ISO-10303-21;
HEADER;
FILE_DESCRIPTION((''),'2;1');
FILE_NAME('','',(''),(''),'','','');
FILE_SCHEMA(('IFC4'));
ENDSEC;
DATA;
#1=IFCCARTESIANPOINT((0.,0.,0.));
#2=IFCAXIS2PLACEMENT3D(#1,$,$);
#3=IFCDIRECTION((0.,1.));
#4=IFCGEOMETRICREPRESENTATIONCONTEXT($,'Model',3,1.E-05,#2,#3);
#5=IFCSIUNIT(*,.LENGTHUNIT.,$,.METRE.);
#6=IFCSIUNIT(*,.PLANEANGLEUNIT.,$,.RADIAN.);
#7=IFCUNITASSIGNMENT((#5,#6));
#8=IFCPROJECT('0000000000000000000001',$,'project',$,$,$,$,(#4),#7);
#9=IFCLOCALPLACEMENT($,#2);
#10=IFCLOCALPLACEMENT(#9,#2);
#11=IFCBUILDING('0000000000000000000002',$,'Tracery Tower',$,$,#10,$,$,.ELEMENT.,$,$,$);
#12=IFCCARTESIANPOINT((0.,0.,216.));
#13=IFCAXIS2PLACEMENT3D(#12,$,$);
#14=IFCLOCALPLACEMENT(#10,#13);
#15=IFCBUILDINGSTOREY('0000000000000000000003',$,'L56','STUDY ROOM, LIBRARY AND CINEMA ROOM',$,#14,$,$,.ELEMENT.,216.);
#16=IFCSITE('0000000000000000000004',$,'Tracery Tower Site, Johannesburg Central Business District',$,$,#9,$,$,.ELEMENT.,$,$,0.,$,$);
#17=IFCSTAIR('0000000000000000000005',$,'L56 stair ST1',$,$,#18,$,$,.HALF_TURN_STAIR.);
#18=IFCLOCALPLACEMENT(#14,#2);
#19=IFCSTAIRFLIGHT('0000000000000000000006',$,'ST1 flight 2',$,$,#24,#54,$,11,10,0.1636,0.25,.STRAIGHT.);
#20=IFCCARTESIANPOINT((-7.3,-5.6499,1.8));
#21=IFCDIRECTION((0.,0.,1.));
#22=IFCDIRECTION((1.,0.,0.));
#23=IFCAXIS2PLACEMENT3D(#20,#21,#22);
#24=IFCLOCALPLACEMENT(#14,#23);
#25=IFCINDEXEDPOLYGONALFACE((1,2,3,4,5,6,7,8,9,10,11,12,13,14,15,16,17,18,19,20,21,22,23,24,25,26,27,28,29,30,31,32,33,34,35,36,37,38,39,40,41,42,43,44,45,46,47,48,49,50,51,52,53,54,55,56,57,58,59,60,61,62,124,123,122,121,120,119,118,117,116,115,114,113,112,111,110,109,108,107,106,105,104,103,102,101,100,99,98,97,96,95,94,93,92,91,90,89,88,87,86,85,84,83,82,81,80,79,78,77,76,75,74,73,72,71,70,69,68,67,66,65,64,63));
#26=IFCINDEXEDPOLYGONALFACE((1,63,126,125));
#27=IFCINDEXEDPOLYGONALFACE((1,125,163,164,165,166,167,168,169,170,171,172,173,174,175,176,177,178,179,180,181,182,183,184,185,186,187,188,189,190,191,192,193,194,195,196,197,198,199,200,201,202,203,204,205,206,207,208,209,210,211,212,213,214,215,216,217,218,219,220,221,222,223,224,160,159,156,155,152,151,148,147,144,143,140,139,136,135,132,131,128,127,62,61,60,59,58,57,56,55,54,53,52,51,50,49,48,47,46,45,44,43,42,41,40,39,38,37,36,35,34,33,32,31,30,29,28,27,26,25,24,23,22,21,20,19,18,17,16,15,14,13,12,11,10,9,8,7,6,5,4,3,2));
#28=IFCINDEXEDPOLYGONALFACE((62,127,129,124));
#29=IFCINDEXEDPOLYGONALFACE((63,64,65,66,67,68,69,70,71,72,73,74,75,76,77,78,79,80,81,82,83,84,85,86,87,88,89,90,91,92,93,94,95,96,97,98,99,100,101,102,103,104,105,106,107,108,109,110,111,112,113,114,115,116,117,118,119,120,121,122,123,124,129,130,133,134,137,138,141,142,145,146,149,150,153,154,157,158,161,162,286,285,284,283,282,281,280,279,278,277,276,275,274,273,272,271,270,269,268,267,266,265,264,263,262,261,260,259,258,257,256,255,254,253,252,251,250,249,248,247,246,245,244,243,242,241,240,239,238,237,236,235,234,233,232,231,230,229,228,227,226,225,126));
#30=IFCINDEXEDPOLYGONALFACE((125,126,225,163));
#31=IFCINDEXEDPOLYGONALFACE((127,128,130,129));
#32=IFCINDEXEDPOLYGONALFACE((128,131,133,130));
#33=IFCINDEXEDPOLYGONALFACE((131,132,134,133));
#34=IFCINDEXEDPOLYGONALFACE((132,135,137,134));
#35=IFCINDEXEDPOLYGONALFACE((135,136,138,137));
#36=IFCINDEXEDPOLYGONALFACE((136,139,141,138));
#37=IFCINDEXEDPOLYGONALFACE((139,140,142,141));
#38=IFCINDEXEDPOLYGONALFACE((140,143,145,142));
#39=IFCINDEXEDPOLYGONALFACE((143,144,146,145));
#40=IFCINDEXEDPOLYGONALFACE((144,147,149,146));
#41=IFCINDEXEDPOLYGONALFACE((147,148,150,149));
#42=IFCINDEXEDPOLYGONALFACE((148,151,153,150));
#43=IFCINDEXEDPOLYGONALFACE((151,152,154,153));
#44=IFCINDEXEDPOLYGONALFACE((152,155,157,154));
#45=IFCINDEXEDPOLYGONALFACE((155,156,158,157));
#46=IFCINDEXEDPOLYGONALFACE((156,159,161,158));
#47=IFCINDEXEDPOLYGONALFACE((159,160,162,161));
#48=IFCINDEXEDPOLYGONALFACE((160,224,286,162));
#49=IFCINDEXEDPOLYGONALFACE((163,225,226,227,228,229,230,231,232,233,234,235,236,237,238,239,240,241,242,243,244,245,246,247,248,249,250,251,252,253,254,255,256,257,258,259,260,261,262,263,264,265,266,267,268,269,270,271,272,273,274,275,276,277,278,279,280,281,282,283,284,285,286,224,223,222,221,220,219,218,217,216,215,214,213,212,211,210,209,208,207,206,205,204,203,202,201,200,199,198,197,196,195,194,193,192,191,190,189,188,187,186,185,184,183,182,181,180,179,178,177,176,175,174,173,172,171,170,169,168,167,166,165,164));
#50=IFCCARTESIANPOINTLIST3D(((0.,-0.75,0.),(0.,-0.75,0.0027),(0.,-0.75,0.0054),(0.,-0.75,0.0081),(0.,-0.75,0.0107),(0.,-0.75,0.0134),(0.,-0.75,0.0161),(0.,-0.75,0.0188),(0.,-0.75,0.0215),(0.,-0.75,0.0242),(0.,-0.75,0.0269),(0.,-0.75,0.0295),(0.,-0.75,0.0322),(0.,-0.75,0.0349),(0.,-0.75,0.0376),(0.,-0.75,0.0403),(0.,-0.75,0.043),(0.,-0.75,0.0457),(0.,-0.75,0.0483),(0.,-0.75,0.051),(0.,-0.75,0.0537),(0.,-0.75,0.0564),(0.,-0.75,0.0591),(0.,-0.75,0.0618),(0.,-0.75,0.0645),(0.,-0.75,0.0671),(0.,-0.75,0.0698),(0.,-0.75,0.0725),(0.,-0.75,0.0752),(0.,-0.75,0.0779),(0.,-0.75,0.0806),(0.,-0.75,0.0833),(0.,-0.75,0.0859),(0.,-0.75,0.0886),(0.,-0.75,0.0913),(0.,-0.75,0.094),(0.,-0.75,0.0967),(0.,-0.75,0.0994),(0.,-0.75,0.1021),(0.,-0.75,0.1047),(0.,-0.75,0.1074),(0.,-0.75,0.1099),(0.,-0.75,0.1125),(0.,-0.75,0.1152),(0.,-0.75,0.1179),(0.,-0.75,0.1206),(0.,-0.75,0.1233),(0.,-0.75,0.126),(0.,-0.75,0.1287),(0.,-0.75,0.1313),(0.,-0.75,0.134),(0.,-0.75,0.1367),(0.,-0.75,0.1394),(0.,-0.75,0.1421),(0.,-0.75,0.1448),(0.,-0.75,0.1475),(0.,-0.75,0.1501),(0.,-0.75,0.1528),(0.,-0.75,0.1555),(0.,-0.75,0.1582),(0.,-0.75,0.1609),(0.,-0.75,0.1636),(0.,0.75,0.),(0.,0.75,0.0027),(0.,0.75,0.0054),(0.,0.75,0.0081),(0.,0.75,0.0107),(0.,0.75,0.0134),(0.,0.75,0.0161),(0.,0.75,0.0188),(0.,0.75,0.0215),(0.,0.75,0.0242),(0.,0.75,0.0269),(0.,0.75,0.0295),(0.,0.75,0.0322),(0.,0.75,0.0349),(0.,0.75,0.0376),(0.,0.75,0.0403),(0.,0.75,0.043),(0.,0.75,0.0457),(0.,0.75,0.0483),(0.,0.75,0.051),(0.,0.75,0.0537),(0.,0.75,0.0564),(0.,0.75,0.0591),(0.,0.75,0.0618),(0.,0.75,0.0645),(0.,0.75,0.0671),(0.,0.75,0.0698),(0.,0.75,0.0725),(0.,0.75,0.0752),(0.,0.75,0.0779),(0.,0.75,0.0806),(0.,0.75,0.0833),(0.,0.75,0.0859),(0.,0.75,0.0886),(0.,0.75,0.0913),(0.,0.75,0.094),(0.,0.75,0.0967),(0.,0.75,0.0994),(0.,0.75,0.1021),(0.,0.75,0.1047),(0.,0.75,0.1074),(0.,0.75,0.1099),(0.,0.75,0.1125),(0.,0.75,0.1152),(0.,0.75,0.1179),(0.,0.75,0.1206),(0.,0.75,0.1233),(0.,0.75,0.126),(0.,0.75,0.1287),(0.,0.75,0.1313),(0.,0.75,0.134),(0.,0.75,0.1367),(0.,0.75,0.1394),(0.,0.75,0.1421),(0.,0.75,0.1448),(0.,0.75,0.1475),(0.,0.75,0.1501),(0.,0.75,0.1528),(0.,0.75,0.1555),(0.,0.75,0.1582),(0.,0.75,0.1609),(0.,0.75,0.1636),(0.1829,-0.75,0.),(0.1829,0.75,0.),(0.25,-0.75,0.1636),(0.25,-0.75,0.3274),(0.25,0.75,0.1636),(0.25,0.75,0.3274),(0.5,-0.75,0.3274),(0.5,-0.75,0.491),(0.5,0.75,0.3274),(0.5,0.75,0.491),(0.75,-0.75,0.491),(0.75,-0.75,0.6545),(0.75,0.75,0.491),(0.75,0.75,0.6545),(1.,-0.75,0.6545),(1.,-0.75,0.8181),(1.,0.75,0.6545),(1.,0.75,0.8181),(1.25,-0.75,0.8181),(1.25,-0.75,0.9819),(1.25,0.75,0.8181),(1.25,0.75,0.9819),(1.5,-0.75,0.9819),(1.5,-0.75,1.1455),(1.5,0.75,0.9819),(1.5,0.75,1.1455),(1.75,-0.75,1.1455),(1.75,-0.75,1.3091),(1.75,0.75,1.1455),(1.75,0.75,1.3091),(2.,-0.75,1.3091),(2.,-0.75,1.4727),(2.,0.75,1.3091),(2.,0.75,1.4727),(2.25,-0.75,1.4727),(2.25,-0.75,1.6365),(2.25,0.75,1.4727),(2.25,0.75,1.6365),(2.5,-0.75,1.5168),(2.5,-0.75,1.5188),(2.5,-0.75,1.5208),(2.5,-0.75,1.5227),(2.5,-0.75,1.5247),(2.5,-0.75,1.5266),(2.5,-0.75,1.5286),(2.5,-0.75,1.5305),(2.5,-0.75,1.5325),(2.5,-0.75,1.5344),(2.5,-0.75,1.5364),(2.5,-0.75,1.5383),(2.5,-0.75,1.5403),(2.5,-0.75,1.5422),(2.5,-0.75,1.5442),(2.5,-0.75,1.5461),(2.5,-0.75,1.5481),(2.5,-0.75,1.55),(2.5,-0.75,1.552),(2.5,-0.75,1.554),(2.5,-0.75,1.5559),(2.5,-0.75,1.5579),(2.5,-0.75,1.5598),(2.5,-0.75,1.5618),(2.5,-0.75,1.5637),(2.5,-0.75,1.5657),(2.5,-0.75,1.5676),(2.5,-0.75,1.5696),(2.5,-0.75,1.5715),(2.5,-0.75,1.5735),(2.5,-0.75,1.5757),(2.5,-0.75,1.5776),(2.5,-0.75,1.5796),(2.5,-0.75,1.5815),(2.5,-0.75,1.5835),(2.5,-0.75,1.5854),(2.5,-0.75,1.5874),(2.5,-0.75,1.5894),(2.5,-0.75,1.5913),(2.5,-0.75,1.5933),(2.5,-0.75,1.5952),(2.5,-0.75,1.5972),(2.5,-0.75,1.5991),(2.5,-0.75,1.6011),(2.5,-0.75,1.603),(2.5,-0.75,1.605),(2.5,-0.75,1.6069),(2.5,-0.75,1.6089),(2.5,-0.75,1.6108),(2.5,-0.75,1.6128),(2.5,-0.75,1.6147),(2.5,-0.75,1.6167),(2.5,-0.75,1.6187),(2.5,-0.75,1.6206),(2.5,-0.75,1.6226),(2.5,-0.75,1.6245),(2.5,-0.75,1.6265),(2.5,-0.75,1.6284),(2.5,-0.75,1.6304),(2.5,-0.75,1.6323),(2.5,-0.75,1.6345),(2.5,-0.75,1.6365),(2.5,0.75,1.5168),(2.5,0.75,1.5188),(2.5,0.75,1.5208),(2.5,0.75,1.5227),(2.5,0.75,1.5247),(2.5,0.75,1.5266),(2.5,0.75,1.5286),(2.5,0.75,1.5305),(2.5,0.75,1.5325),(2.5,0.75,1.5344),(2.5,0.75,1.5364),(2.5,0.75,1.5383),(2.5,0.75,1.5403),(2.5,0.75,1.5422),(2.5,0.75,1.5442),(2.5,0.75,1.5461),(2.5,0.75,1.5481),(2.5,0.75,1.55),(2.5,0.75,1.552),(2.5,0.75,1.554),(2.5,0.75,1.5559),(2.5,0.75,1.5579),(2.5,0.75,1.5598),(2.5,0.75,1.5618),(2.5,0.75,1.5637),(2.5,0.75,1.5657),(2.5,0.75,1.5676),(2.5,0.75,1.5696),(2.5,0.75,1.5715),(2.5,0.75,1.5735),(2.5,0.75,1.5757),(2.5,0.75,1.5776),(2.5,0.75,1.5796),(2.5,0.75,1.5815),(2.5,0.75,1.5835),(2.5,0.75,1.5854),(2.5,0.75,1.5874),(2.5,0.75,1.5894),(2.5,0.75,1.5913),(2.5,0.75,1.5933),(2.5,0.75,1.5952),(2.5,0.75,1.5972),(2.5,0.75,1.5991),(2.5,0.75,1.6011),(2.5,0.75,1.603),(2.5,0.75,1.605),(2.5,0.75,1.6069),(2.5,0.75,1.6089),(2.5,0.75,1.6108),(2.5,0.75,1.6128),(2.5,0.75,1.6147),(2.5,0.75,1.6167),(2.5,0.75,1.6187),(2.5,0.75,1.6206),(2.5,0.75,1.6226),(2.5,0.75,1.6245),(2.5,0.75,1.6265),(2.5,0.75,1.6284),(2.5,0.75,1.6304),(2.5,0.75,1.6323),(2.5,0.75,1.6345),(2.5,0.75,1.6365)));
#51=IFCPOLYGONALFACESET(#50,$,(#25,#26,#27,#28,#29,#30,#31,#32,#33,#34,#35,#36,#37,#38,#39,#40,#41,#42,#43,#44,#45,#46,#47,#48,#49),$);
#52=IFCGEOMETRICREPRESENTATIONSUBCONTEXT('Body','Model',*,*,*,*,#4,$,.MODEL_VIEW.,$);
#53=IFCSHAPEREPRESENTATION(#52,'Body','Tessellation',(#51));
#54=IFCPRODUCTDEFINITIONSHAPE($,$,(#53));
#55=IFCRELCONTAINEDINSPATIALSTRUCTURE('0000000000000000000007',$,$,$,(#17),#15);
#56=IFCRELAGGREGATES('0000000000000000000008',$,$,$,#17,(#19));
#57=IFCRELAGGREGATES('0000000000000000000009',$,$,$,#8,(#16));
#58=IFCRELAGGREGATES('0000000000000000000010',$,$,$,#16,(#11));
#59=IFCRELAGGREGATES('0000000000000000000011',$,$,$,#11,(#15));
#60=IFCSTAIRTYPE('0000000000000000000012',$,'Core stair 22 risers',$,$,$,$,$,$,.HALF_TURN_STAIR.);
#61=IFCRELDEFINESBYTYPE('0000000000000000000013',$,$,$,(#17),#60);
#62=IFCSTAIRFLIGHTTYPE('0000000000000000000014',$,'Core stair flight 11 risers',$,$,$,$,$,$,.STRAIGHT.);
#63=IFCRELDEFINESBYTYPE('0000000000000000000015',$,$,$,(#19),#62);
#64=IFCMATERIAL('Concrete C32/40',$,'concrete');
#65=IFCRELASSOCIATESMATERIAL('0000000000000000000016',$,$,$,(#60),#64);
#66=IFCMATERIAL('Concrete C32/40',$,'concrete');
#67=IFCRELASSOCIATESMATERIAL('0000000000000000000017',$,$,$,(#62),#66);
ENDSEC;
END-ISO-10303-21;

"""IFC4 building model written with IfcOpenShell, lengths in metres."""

from ifc_helpers import new_model, si_unit, direction, frame, origin, place, context, subcontext, project, spatial, polyline, outline, extrude, material, type_object, element, aggregate, save


model = new_model("IFC4")

# Units and contexts
model_context = context("Model", 3, precision=1e-05, world=origin(), true_north=direction((0.0, 1.0)))
body_context = subcontext(model_context, "Body", "Model", "MODEL_VIEW")
ifc_project = project(units=[si_unit("LENGTHUNIT", "METRE"), si_unit("PLANEANGLEUNIT", "RADIAN")], contexts=[model_context])

# Site, building, storey
site_placement = place(None, origin())
site = spatial("IfcSite", under=ifc_project, at=site_placement, Name="Tracery Tower Site, Johannesburg Central Business District", CompositionType="ELEMENT", RefElevation=0.0)
building_placement = place(site_placement, origin())
building = spatial("IfcBuilding", under=site, at=building_placement, Name="Tracery Tower", CompositionType="ELEMENT")
storey_placement = place(building_placement, frame((0.0, 0.0, 216.0)))
storey = spatial("IfcBuildingStorey", under=building, at=storey_placement, Name="L56", Description="STUDY ROOM, LIBRARY AND CINEMA ROOM", CompositionType="ELEMENT", Elevation=216.0)

# Stair, stair flight
ifc_material_1 = material(Name="Concrete C32/40", Category="concrete")
stair_type = type_object("IfcStairType", Name="Core stair 22 risers", PredefinedType="HALF_TURN_STAIR", material=ifc_material_1)
stair_placement = place(storey_placement, origin())
stair = element("IfcStair", 1, at=stair_placement, inside=storey, type_object=stair_type, Name="L56 stair ST1", PredefinedType="HALF_TURN_STAIR")
ifc_material_2 = material(Name="Concrete C32/40", Category="concrete")
stair_flight_type = type_object("IfcStairFlightType", Name="Core stair flight 11 risers", PredefinedType="STRAIGHT", material=ifc_material_2)
stair_flight_1_placement = place(storey_placement, frame((-7.3, -5.6499, 1.8), z_axis=(0.0, 0.0, 1.0), x_axis=(1.0, 0.0, 0.0)))
stair_flight_1 = element("IfcStairFlight", 2, at=stair_flight_1_placement, type_object=stair_flight_type, Name="ST1 flight 2", NumberOfRisers=11, NumberOfTreads=10, PredefinedType="STRAIGHT", RiserHeight=0.1636, TreadLength=0.25, context=body_context, shape_type="SweptSolid", body=[
    extrude(outline(polyline([(0.0, 0.0), (0.0, 0.0027), (0.0, 0.0054), (0.0, 0.0081), (0.0, 0.0107), (0.0, 0.0134), (0.0, 0.0161), (0.0, 0.0188), (0.0, 0.0215), (0.0, 0.0242), (0.0, 0.0269), (0.0, 0.0295), (0.0, 0.0322), (0.0, 0.0349), (0.0, 0.0376), (0.0, 0.0403), (0.0, 0.043), (0.0, 0.0457), (0.0, 0.0483), (0.0, 0.051), (0.0, 0.0537), (0.0, 0.0564), (0.0, 0.0591), (0.0, 0.0618), (0.0, 0.0645), (0.0, 0.0671), (0.0, 0.0698), (0.0, 0.0725), (0.0, 0.0752), (0.0, 0.0779), (0.0, 0.0806), (0.0, 0.0833), (0.0, 0.0859), (0.0, 0.0886), (0.0, 0.0913), (0.0, 0.094), (0.0, 0.0967), (0.0, 0.0994), (0.0, 0.1021), (0.0, 0.1047), (0.0, 0.1074), (0.0, 0.1099), (0.0, 0.1125), (0.0, 0.1152), (0.0, 0.1179), (0.0, 0.1206), (0.0, 0.1233), (0.0, 0.126), (0.0, 0.1287), (0.0, 0.1313), (0.0, 0.134), (0.0, 0.1367), (0.0, 0.1394), (0.0, 0.1421), (0.0, 0.1448), (0.0, 0.1475), (0.0, 0.1501), (0.0, 0.1528), (0.0, 0.1555), (0.0, 0.1582), (0.0, 0.1609), (0.0, 0.1636), (0.25, 0.1636), (0.25, 0.3274), (0.5, 0.3274), (0.5, 0.491), (0.75, 0.491), (0.75, 0.6545), (1.0, 0.6545), (1.0, 0.8181), (1.25, 0.8181), (1.25, 0.9819), (1.5, 0.9819), (1.5, 1.1455), (1.75, 1.1455), (1.75, 1.3091), (2.0, 1.3091), (2.0, 1.4727), (2.25, 1.4727), (2.25, 1.6365), (2.5, 1.6365), (2.5, 1.6345), (2.5, 1.6323), (2.5, 1.6304), (2.5, 1.6284), (2.5, 1.6265), (2.5, 1.6245), (2.5, 1.6226), (2.5, 1.6206), (2.5, 1.6187), (2.5, 1.6167), (2.5, 1.6147), (2.5, 1.6128), (2.5, 1.6108), (2.5, 1.6089), (2.5, 1.6069), (2.5, 1.605), (2.5, 1.603), (2.5, 1.6011), (2.5, 1.5991), (2.5, 1.5972), (2.5, 1.5952), (2.5, 1.5933), (2.5, 1.5913), (2.5, 1.5894), (2.5, 1.5874), (2.5, 1.5854), (2.5, 1.5835), (2.5, 1.5815), (2.5, 1.5796), (2.5, 1.5776), (2.5, 1.5757), (2.5, 1.5735), (2.5, 1.5715), (2.5, 1.5696), (2.5, 1.5676), (2.5, 1.5657), (2.5, 1.5637), (2.5, 1.5618), (2.5, 1.5598), (2.5, 1.5579), (2.5, 1.5559), (2.5, 1.554), (2.5, 1.552), (2.5, 1.55), (2.5, 1.5481), (2.5, 1.5461), (2.5, 1.5442), (2.5, 1.5422), (2.5, 1.5403), (2.5, 1.5383), (2.5, 1.5364), (2.5, 1.5344), (2.5, 1.5325), (2.5, 1.5305), (2.5, 1.5286), (2.5, 1.5266), (2.5, 1.5247), (2.5, 1.5227), (2.5, 1.5208), (2.5, 1.5188), (2.5, 1.5168), (0.1829, 0.0), (0.0, 0.0)])), frame((0.0, 0.75, 0.0), z_axis=(0.0, -1.0, 0.0), x_axis=(1.0, 0.0, 0.0)), (0.0, 0.0, 1.0), 1.5),
])
aggregate(stair, [stair_flight_1])

save(model, "model.ifc")
